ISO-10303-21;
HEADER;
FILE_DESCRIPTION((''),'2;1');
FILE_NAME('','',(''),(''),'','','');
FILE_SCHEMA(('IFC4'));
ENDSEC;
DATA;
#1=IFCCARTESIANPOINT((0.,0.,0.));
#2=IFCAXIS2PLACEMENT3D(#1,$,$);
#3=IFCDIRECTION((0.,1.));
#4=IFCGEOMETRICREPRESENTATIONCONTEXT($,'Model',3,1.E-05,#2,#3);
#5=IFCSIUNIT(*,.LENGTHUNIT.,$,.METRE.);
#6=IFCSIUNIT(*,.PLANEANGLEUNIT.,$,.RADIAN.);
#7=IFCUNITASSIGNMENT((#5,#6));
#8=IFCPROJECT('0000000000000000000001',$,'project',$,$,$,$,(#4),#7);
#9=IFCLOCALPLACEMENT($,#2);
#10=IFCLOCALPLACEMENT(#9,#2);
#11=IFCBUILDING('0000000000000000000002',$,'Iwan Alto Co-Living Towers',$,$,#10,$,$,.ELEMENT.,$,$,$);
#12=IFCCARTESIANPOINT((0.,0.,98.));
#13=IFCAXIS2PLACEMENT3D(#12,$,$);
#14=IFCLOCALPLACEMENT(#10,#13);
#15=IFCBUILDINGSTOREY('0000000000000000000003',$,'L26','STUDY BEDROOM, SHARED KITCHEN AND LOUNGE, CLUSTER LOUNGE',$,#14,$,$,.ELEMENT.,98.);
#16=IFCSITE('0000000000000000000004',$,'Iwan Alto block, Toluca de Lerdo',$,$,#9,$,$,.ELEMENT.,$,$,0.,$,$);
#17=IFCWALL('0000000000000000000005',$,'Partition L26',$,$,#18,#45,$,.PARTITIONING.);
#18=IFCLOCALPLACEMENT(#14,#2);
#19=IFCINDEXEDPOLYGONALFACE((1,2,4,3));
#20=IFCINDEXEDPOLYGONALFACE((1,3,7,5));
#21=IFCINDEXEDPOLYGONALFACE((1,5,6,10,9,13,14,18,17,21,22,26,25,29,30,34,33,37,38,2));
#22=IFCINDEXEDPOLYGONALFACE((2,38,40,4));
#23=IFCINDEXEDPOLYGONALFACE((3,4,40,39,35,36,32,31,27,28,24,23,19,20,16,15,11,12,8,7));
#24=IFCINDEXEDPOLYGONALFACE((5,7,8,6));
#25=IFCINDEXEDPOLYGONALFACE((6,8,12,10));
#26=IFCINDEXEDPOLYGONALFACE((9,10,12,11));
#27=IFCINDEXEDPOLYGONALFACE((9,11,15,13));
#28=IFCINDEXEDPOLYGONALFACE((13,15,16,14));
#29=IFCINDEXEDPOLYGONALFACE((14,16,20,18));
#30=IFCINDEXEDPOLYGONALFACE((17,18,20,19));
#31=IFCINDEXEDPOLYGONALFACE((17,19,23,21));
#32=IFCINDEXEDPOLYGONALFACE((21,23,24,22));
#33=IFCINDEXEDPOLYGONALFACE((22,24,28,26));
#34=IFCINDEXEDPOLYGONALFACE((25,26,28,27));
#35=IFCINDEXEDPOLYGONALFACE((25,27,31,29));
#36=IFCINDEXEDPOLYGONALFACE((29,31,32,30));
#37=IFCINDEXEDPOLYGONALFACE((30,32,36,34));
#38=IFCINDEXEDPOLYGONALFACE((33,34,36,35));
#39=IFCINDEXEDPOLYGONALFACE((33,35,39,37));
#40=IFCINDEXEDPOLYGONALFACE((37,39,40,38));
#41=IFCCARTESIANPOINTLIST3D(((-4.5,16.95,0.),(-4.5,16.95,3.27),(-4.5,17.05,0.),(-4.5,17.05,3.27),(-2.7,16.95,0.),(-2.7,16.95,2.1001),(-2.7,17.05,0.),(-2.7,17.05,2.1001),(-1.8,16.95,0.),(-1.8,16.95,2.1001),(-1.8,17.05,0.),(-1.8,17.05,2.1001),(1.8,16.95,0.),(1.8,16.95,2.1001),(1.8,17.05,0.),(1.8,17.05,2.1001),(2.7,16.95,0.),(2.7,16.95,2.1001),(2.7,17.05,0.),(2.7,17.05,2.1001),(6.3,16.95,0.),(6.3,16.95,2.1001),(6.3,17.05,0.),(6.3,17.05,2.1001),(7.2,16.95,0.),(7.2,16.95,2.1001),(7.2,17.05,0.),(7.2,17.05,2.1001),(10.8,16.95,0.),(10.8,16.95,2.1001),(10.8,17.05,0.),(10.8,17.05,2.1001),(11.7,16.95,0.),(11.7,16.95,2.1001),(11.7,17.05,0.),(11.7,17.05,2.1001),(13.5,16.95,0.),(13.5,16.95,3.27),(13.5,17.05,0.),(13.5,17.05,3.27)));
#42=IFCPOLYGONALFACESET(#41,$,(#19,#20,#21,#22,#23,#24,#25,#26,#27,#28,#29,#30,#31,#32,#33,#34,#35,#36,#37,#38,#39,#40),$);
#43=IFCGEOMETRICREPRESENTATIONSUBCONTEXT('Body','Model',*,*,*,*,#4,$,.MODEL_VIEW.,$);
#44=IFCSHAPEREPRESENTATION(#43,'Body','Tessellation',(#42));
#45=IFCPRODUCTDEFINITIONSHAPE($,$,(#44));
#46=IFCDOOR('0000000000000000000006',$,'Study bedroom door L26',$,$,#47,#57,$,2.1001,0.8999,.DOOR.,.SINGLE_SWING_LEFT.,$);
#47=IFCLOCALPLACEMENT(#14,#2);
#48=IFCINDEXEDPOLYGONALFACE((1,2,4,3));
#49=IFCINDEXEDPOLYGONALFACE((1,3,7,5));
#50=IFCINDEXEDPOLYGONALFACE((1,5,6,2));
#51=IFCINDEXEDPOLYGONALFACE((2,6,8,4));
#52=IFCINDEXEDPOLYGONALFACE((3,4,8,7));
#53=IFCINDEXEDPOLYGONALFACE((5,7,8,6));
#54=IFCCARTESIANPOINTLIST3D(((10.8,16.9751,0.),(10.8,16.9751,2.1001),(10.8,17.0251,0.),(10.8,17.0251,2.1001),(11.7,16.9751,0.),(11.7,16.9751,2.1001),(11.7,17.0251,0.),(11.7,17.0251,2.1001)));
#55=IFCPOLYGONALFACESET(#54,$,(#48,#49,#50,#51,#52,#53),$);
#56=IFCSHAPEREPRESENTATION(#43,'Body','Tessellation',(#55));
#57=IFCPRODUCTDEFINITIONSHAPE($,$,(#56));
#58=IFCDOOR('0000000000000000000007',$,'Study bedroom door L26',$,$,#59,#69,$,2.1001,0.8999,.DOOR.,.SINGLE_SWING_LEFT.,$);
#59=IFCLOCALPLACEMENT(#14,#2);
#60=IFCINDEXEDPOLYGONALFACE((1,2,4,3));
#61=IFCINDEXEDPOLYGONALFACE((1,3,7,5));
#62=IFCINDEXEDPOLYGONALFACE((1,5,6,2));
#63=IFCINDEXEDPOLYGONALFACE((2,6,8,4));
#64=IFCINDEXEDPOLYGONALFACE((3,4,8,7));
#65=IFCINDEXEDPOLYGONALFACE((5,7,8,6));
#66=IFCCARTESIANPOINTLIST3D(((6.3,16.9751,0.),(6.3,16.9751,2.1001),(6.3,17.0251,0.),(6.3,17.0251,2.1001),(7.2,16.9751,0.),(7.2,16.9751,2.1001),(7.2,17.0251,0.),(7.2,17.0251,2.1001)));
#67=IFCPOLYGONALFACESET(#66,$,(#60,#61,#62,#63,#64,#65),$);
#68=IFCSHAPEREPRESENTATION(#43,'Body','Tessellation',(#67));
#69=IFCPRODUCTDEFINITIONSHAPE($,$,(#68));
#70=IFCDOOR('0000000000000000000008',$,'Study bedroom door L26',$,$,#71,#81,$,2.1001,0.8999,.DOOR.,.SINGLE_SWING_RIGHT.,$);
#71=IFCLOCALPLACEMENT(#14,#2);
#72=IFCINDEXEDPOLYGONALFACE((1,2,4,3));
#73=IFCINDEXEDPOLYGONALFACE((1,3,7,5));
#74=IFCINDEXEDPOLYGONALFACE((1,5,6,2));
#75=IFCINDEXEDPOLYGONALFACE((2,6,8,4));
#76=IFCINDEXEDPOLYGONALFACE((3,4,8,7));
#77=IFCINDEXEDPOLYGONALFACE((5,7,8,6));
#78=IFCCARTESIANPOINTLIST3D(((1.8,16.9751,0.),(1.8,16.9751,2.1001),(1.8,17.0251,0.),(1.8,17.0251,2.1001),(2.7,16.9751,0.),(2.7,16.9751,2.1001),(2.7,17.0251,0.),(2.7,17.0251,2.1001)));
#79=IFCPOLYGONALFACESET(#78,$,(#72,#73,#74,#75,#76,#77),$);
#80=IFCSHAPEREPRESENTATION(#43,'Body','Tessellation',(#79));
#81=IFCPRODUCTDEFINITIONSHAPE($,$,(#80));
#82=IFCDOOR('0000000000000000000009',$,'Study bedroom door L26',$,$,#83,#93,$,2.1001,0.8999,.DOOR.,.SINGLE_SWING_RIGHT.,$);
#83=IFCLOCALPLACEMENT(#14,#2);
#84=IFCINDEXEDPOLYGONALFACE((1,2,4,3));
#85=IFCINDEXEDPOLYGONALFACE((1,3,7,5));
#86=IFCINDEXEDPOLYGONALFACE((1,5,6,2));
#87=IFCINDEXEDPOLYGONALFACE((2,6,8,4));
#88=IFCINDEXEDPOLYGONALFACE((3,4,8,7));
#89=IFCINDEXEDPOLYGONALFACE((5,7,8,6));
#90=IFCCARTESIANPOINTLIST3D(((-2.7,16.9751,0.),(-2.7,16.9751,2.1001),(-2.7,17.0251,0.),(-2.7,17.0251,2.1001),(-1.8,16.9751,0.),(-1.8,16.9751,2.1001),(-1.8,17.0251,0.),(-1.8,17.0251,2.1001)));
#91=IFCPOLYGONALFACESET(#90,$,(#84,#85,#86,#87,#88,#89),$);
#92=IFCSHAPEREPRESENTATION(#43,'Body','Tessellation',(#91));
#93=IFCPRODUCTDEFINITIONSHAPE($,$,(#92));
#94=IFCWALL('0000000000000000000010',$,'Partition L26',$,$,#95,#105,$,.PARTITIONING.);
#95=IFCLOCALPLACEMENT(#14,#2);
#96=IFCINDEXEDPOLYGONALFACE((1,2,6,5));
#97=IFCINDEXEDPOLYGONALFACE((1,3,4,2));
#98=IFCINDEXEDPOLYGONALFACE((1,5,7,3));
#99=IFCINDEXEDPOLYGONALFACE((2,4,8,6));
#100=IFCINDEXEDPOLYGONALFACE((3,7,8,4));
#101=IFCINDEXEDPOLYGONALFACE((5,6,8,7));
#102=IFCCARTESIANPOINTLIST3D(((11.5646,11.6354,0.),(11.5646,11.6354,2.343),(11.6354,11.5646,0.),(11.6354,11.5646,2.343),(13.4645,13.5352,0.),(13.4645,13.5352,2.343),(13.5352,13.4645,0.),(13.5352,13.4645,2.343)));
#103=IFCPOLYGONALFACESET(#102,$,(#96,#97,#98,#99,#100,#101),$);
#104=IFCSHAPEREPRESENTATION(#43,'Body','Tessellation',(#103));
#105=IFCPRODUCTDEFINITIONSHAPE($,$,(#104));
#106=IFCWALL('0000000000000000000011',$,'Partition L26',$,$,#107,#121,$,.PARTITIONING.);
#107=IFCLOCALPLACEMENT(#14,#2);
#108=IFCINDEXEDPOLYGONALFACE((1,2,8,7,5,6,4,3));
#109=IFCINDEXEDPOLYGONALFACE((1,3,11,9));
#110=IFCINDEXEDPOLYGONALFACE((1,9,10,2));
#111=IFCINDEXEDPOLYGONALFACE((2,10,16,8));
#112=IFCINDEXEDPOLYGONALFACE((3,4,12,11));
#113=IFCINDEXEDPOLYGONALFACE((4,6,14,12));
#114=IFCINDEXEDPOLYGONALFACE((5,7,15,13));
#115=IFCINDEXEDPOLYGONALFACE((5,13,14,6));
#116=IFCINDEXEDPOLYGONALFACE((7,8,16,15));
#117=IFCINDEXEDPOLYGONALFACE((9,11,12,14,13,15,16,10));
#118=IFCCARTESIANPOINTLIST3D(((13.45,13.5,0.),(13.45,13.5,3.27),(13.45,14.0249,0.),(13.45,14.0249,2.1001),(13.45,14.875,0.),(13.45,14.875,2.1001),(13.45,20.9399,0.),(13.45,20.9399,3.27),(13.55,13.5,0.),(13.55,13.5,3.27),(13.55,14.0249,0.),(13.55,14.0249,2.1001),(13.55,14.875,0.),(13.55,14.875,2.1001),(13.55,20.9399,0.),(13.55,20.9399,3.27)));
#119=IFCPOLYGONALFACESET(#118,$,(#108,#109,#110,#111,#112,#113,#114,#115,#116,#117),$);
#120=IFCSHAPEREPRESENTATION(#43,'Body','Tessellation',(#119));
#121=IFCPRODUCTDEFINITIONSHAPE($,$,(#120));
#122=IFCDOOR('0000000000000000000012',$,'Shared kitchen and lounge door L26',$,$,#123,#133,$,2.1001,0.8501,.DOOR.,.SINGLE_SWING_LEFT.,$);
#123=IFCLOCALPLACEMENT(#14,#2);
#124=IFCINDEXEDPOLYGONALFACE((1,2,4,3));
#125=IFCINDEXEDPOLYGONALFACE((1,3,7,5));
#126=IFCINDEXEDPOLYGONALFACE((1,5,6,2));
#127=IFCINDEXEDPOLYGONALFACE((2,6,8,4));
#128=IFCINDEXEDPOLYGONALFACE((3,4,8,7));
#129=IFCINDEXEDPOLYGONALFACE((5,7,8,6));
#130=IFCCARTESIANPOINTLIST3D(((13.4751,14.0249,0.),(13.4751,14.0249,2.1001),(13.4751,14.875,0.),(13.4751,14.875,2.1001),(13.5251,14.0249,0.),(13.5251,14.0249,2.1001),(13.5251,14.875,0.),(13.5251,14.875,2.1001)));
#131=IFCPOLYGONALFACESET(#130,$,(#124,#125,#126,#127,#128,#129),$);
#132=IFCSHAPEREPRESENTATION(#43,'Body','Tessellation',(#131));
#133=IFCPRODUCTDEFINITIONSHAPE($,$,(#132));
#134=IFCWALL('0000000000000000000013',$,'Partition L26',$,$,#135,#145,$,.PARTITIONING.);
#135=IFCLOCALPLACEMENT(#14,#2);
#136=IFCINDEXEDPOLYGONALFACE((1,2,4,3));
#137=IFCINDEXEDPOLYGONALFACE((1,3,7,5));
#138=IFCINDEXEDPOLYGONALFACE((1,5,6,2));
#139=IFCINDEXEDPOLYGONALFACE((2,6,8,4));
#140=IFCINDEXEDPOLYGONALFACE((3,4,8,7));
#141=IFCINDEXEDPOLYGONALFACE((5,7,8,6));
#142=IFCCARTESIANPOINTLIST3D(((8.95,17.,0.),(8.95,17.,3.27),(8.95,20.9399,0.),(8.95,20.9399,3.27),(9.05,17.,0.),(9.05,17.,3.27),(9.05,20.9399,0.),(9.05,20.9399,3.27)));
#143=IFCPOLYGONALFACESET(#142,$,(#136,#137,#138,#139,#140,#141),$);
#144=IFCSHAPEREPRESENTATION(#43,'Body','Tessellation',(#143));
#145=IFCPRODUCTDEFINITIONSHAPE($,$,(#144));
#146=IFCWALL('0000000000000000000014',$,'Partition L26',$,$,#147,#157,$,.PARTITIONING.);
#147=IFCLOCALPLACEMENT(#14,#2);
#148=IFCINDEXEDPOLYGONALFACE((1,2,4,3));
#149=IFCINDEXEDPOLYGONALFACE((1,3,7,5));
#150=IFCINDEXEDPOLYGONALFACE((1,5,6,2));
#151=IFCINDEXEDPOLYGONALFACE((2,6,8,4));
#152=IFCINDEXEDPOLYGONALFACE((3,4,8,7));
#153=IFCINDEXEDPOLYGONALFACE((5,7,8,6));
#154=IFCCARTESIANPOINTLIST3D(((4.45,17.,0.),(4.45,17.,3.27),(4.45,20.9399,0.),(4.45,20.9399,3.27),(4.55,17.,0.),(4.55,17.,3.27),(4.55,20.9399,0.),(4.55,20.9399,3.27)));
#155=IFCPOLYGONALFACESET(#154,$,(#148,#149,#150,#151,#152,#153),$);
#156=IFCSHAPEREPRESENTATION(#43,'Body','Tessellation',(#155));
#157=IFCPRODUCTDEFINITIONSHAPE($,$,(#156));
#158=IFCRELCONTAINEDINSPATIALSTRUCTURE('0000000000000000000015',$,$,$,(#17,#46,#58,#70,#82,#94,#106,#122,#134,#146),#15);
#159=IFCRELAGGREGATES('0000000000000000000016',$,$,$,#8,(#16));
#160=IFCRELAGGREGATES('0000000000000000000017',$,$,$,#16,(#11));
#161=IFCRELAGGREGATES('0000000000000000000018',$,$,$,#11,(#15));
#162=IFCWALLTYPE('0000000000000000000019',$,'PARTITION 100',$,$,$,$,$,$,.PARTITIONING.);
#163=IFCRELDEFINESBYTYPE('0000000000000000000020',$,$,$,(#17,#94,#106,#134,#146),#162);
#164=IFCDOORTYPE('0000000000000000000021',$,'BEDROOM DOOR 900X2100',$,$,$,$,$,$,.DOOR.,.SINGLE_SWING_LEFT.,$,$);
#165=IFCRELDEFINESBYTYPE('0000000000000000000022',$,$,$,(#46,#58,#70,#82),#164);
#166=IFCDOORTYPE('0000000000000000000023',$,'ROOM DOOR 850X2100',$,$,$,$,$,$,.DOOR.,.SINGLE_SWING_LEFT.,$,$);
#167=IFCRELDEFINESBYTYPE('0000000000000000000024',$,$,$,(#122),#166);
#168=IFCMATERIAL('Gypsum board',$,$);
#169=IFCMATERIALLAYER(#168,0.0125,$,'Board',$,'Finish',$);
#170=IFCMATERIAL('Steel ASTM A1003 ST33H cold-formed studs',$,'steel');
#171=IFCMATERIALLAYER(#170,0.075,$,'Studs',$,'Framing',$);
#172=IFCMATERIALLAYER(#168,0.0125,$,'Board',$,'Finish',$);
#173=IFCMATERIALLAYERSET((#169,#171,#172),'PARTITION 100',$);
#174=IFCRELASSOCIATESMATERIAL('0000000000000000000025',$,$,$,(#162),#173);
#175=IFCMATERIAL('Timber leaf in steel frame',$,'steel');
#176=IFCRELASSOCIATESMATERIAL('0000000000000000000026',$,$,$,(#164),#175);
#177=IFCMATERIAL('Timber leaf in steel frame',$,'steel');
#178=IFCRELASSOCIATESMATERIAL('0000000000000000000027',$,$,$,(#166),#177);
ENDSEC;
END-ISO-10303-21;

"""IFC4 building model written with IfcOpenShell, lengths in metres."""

from ifc_helpers import new_model, si_unit, direction, frame, frame_2d, origin, place, context, subcontext, project, spatial, rectangle, extrude, material, layer, layer_set, type_object, element, fill, save


model = new_model("IFC4")

# Units and contexts
model_context = context("Model", 3, precision=1e-05, world=origin(), true_north=direction((0.0, 1.0)))
body_context = subcontext(model_context, "Body", "Model", "MODEL_VIEW")
ifc_project = project(units=[si_unit("LENGTHUNIT", "METRE"), si_unit("PLANEANGLEUNIT", "RADIAN")], contexts=[model_context])

# Site, building, storey
site_placement = place(None, origin())
site = spatial("IfcSite", under=ifc_project, at=site_placement, Name="Iwan Alto block, Toluca de Lerdo", CompositionType="ELEMENT", RefElevation=0.0)
building_placement = place(site_placement, origin())
building = spatial("IfcBuilding", under=site, at=building_placement, Name="Iwan Alto Co-Living Towers", CompositionType="ELEMENT")
storey_placement = place(building_placement, frame((0.0, 0.0, 98.0)))
storey = spatial("IfcBuildingStorey", under=building, at=storey_placement, Name="L26", Description="STUDY BEDROOM, SHARED KITCHEN AND LOUNGE, CLUSTER LOUNGE", CompositionType="ELEMENT", Elevation=98.0)

# Shared definitions
ifc_material_1 = material(Name="Gypsum board")
ifc_layer_1 = layer(ifc_material_1, 0.0125, Name="Board", Category="Finish")
ifc_material_2 = material(Name="Steel ASTM A1003 ST33H cold-formed studs", Category="steel")
ifc_layer_2 = layer(ifc_material_2, 0.075, Name="Studs", Category="Framing")
ifc_layer_3 = layer(ifc_material_1, 0.0125, Name="Board", Category="Finish")
ifc_layer_set_1 = layer_set([ifc_layer_1, ifc_layer_2, ifc_layer_3], Name="PARTITION 100")
wall_type_1 = type_object("IfcWallType", Name="PARTITION 100", PredefinedType="PARTITIONING", material=ifc_layer_set_1)

# Wall, openings, doors
wall_1_placement = place(storey_placement, frame((-4.5, 17.0, 0.0), z_axis=(0.0, 0.0, 1.0), x_axis=(1.0, 0.0, 0.0)))
wall_1 = element("IfcWall", 1, at=wall_1_placement, inside=storey, type_object=wall_type_1, Name="Partition L26", PredefinedType="PARTITIONING", context=body_context, shape_type="SweptSolid", body=[
    extrude(rectangle(XDim=18.0, YDim=0.1001, at=frame_2d((9.0, 0.0))), origin(), (0.0, 0.0, 1.0), 3.27),
])
opening_1_placement = place(wall_1_placement, frame((15.3, 0.0, 0.0)))
opening_1 = element("IfcOpeningElement", 2, at=opening_1_placement, cuts=wall_1, PredefinedType="OPENING", context=body_context, shape_type="SweptSolid", body=[
    extrude(rectangle(XDim=0.8999, YDim=2.1001, at=frame_2d((0.45, 1.05))), frame((0.0, 0.0601, 0.0), z_axis=(0.0, -1.0, 0.0), x_axis=(1.0, 0.0, 0.0)), (0.0, 0.0, 1.0), 0.1201),
])
opening_2_placement = place(wall_1_placement, frame((10.8, 0.0, 0.0)))
opening_2 = element("IfcOpeningElement", 3, at=opening_2_placement, cuts=wall_1, PredefinedType="OPENING", context=body_context, shape_type="SweptSolid", body=[
    extrude(rectangle(XDim=0.8999, YDim=2.1001, at=frame_2d((0.45, 1.05))), frame((0.0, 0.0601, 0.0), z_axis=(0.0, -1.0, 0.0), x_axis=(1.0, 0.0, 0.0)), (0.0, 0.0, 1.0), 0.1201),
])
opening_3_placement = place(wall_1_placement, frame((6.3, 0.0, 0.0)))
opening_3 = element("IfcOpeningElement", 4, at=opening_3_placement, cuts=wall_1, PredefinedType="OPENING", context=body_context, shape_type="SweptSolid", body=[
    extrude(rectangle(XDim=0.8999, YDim=2.1001, at=frame_2d((0.45, 1.05))), frame((0.0, 0.0601, 0.0), z_axis=(0.0, -1.0, 0.0), x_axis=(1.0, 0.0, 0.0)), (0.0, 0.0, 1.0), 0.1201),
])
opening_4_placement = place(wall_1_placement, frame((1.8, 0.0, 0.0)))
opening_4 = element("IfcOpeningElement", 5, at=opening_4_placement, cuts=wall_1, PredefinedType="OPENING", context=body_context, shape_type="SweptSolid", body=[
    extrude(rectangle(XDim=0.8999, YDim=2.1001, at=frame_2d((0.45, 1.05))), frame((0.0, 0.0601, 0.0), z_axis=(0.0, -1.0, 0.0), x_axis=(1.0, 0.0, 0.0)), (0.0, 0.0, 1.0), 0.1201),
])
ifc_material_3 = material(Name="Timber leaf in steel frame", Category="steel")
door_type_1 = type_object("IfcDoorType", Name="BEDROOM DOOR 900X2100", OperationType="SINGLE_SWING_LEFT", PredefinedType="DOOR", material=ifc_material_3)
door_1_placement = place(opening_1_placement, frame((0.8999, 0.0, 0.0), z_axis=(0.0, 0.0, 1.0), x_axis=(-1.0, 0.0, 0.0)))
door_1 = element("IfcDoor", 6, at=door_1_placement, inside=storey, type_object=door_type_1, Name="Study bedroom door L26", OperationType="SINGLE_SWING_LEFT", OverallHeight=2.1001, OverallWidth=0.8999, PredefinedType="DOOR", context=body_context, shape_type="SweptSolid", body=[
    extrude(rectangle(XDim=0.8999, YDim=2.1001, at=frame_2d((0.45, 1.05))), frame((0.0, 0.0249, 0.0), z_axis=(0.0, -1.0, 0.0), x_axis=(1.0, 0.0, 0.0)), (0.0, 0.0, 1.0), 0.05),
])
fill(opening_1, door_1)
door_2_placement = place(opening_2_placement, frame((0.8999, 0.0, 0.0), z_axis=(0.0, 0.0, 1.0), x_axis=(-1.0, 0.0, 0.0)))
door_2 = element("IfcDoor", 7, at=door_2_placement, inside=storey, type_object=door_type_1, Name="Study bedroom door L26", OperationType="SINGLE_SWING_LEFT", OverallHeight=2.1001, OverallWidth=0.8999, PredefinedType="DOOR", context=body_context, shape_type="SweptSolid", body=[
    extrude(rectangle(XDim=0.8999, YDim=2.1001, at=frame_2d((0.45, 1.05))), frame((0.0, 0.0249, 0.0), z_axis=(0.0, -1.0, 0.0), x_axis=(1.0, 0.0, 0.0)), (0.0, 0.0, 1.0), 0.05),
])
fill(opening_2, door_2)
door_3_placement = place(opening_3_placement, frame((0.8999, 0.0, 0.0), z_axis=(0.0, 0.0, 1.0), x_axis=(-1.0, 0.0, 0.0)))
door_3 = element("IfcDoor", 8, at=door_3_placement, inside=storey, type_object=door_type_1, Name="Study bedroom door L26", OperationType="SINGLE_SWING_RIGHT", OverallHeight=2.1001, OverallWidth=0.8999, PredefinedType="DOOR", context=body_context, shape_type="SweptSolid", body=[
    extrude(rectangle(XDim=0.8999, YDim=2.1001, at=frame_2d((0.45, 1.05))), frame((0.0, 0.0249, 0.0), z_axis=(0.0, -1.0, 0.0), x_axis=(1.0, 0.0, 0.0)), (0.0, 0.0, 1.0), 0.05),
])
fill(opening_3, door_3)
door_4_placement = place(opening_4_placement, frame((0.8999, 0.0, 0.0), z_axis=(0.0, 0.0, 1.0), x_axis=(-1.0, 0.0, 0.0)))
door_4 = element("IfcDoor", 9, at=door_4_placement, inside=storey, type_object=door_type_1, Name="Study bedroom door L26", OperationType="SINGLE_SWING_RIGHT", OverallHeight=2.1001, OverallWidth=0.8999, PredefinedType="DOOR", context=body_context, shape_type="SweptSolid", body=[
    extrude(rectangle(XDim=0.8999, YDim=2.1001, at=frame_2d((0.45, 1.05))), frame((0.0, 0.0249, 0.0), z_axis=(0.0, -1.0, 0.0), x_axis=(1.0, 0.0, 0.0)), (0.0, 0.0, 1.0), 0.05),
])
fill(opening_4, door_4)

# Wall
wall_2_placement = place(storey_placement, frame((11.6001, 11.6001, 0.0), z_axis=(0.0, 0.0, 1.0), x_axis=(0.707107, 0.707107, 0.0)))
element("IfcWall", 10, at=wall_2_placement, inside=storey, type_object=wall_type_1, Name="Partition L26", PredefinedType="PARTITIONING", context=body_context, shape_type="SweptSolid", body=[
    extrude(rectangle(XDim=2.6868, YDim=0.1001, at=frame_2d((1.3433, 0.0))), origin(), (0.0, 0.0, 1.0), 2.343),
])

# Wall, opening, door
wall_3_placement = place(storey_placement, frame((13.5, 13.5, 0.0), z_axis=(0.0, 0.0, 1.0), x_axis=(0.0, 1.0, 0.0)))
wall_3 = element("IfcWall", 11, at=wall_3_placement, inside=storey, type_object=wall_type_1, Name="Partition L26", PredefinedType="PARTITIONING", context=body_context, shape_type="SweptSolid", body=[
    extrude(rectangle(XDim=7.4399, YDim=0.1001, at=frame_2d((3.72, 0.0))), origin(), (0.0, 0.0, 1.0), 3.27),
])
opening_5_placement = place(wall_3_placement, frame((0.5249, 0.0, 0.0)))
opening_5 = element("IfcOpeningElement", 12, at=opening_5_placement, cuts=wall_3, PredefinedType="OPENING", context=body_context, shape_type="SweptSolid", body=[
    extrude(rectangle(XDim=0.8501, YDim=2.1001, at=frame_2d((0.425, 1.05))), frame((0.0, 0.0601, 0.0), z_axis=(0.0, -1.0, 0.0), x_axis=(1.0, 0.0, 0.0)), (0.0, 0.0, 1.0), 0.1201),
])
ifc_material_4 = material(Name="Timber leaf in steel frame", Category="steel")
door_type_2 = type_object("IfcDoorType", Name="ROOM DOOR 850X2100", OperationType="SINGLE_SWING_LEFT", PredefinedType="DOOR", material=ifc_material_4)
door_5_placement = place(opening_5_placement, origin())
door_5 = element("IfcDoor", 13, at=door_5_placement, inside=storey, type_object=door_type_2, Name="Shared kitchen and lounge door L26", OperationType="SINGLE_SWING_LEFT", OverallHeight=2.1001, OverallWidth=0.8501, PredefinedType="DOOR", context=body_context, shape_type="SweptSolid", body=[
    extrude(rectangle(XDim=0.8501, YDim=2.1001, at=frame_2d((0.425, 1.05))), frame((0.0, 0.0249, 0.0), z_axis=(0.0, -1.0, 0.0), x_axis=(1.0, 0.0, 0.0)), (0.0, 0.0, 1.0), 0.05),
])
fill(opening_5, door_5)

# Walls
for number, where, z_axis, x_axis, name in (
    (14, (9.0, 17.0, 0.0), (0.0, 0.0, 1.0), (0.0, 1.0, 0.0), "Partition L26"),
    (15, (4.5, 17.0, 0.0), (0.0, 0.0, 1.0), (0.0, 1.0, 0.0), "Partition L26"),
):
    element("IfcWall", number, at=place(storey_placement, frame(where, z_axis=z_axis, x_axis=x_axis)), inside=storey, type_object=wall_type_1, Name=name, PredefinedType="PARTITIONING", context=body_context, shape_type="SweptSolid", body=[
        extrude(rectangle(XDim=3.9399, YDim=0.1001, at=frame_2d((1.97, 0.0))), origin(), (0.0, 0.0, 1.0), 3.27),
    ])

save(model, "model.ifc")
